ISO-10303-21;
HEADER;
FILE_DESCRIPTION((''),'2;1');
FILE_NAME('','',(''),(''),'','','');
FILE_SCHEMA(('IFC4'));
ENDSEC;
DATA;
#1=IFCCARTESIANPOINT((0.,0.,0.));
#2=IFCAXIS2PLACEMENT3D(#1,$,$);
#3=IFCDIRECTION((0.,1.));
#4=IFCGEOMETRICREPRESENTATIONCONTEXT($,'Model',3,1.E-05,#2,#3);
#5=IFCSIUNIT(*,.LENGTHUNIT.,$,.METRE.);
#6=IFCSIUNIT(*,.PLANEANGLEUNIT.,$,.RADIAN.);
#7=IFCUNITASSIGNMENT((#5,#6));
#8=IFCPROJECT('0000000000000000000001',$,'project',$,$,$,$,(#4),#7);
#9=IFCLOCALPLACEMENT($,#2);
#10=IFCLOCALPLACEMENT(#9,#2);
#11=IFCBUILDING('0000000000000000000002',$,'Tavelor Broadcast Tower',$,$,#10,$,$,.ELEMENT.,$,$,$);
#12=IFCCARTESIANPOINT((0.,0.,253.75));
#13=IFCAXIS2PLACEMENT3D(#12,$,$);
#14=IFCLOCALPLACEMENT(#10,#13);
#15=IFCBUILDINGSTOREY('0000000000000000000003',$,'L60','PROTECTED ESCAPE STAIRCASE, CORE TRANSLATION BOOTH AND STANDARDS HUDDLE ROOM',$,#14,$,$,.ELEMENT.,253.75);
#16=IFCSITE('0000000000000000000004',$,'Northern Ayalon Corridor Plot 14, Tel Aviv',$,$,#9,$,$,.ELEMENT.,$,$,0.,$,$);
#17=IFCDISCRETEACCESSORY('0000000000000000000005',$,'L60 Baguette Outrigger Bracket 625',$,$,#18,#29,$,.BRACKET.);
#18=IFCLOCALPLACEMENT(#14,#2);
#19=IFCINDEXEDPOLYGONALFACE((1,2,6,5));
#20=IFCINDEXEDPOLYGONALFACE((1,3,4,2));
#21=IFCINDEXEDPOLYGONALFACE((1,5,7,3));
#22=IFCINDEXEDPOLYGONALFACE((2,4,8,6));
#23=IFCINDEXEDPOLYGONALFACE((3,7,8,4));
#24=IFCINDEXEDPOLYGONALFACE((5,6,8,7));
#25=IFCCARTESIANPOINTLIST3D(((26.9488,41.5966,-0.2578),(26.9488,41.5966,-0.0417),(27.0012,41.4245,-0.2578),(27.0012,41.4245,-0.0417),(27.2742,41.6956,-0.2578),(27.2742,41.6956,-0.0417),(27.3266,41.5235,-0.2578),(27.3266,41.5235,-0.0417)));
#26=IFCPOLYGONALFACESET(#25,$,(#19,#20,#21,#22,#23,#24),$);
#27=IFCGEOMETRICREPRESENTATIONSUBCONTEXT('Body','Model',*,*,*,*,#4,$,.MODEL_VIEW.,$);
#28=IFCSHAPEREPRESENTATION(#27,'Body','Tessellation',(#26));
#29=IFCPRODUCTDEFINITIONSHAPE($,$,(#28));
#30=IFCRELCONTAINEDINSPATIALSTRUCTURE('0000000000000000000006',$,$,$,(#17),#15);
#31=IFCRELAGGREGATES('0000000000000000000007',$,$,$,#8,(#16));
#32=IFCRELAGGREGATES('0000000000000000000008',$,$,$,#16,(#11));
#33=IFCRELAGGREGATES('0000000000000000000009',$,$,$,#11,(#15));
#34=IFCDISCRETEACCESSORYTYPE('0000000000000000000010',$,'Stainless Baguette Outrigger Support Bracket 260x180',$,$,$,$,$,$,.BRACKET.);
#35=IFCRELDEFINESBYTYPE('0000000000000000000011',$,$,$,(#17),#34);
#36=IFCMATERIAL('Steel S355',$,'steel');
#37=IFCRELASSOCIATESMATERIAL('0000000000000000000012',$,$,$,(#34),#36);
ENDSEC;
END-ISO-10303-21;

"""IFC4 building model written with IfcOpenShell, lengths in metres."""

from ifc_helpers import new_model, si_unit, direction, frame, origin, origin_2d, place, context, subcontext, project, spatial, rectangle, extrude, source, transform, mapped, material, type_object, type_shapes, element, save


model = new_model("IFC4")

# Units and contexts
model_context = context("Model", 3, precision=1e-05, world=origin(), true_north=direction((0.0, 1.0)))
body_context = subcontext(model_context, "Body", "Model", "MODEL_VIEW")
ifc_project = project(units=[si_unit("LENGTHUNIT", "METRE"), si_unit("PLANEANGLEUNIT", "RADIAN")], contexts=[model_context])

# Site, building, storey
site_placement = place(None, origin())
site = spatial("IfcSite", under=ifc_project, at=site_placement, Name="Northern Ayalon Corridor Plot 14, Tel Aviv", CompositionType="ELEMENT", RefElevation=0.0)
building_placement = place(site_placement, origin())
building = spatial("IfcBuilding", under=site, at=building_placement, Name="Tavelor Broadcast Tower", CompositionType="ELEMENT")
storey_placement = place(building_placement, frame((0.0, 0.0, 253.75)))
storey = spatial("IfcBuildingStorey", under=building, at=storey_placement, Name="L60", Description="PROTECTED ESCAPE STAIRCASE, CORE TRANSLATION BOOTH AND STANDARDS HUDDLE ROOM", CompositionType="ELEMENT", Elevation=253.75)

# Shared definitions
ifc_material_1 = material(Name="Steel S355", Category="steel")

# Discrete accessory
discrete_accessory_type = type_object("IfcDiscreteAccessoryType", Name="Stainless Baguette Outrigger Support Bracket 260x180", PredefinedType="BRACKET", material=ifc_material_1)
shared_shape_1 = source(origin(), body_context, "Body", "SweptSolid", [
    extrude(rectangle(XDim=0.1799, YDim=0.3401, at=origin_2d()), origin(), (0.0, 0.0, 1.0), 0.2161),
])
type_shapes(discrete_accessory_type, [shared_shape_1])
discrete_accessory_placement = place(storey_placement, frame((27.1377, 41.5601, -0.2578), z_axis=(0.0, 0.0, 1.0), x_axis=(0.291203, -0.956661, 0.0)))
element("IfcDiscreteAccessory", 1, at=discrete_accessory_placement, inside=storey, type_object=discrete_accessory_type, Name="L60 Baguette Outrigger Bracket 625", PredefinedType="BRACKET", context=body_context, shape_type="MappedRepresentation", body=[
    mapped(shared_shape_1, transform((0.0, 0.0, 0.0), scale=1.0)),
])

save(model, "model.ifc")
